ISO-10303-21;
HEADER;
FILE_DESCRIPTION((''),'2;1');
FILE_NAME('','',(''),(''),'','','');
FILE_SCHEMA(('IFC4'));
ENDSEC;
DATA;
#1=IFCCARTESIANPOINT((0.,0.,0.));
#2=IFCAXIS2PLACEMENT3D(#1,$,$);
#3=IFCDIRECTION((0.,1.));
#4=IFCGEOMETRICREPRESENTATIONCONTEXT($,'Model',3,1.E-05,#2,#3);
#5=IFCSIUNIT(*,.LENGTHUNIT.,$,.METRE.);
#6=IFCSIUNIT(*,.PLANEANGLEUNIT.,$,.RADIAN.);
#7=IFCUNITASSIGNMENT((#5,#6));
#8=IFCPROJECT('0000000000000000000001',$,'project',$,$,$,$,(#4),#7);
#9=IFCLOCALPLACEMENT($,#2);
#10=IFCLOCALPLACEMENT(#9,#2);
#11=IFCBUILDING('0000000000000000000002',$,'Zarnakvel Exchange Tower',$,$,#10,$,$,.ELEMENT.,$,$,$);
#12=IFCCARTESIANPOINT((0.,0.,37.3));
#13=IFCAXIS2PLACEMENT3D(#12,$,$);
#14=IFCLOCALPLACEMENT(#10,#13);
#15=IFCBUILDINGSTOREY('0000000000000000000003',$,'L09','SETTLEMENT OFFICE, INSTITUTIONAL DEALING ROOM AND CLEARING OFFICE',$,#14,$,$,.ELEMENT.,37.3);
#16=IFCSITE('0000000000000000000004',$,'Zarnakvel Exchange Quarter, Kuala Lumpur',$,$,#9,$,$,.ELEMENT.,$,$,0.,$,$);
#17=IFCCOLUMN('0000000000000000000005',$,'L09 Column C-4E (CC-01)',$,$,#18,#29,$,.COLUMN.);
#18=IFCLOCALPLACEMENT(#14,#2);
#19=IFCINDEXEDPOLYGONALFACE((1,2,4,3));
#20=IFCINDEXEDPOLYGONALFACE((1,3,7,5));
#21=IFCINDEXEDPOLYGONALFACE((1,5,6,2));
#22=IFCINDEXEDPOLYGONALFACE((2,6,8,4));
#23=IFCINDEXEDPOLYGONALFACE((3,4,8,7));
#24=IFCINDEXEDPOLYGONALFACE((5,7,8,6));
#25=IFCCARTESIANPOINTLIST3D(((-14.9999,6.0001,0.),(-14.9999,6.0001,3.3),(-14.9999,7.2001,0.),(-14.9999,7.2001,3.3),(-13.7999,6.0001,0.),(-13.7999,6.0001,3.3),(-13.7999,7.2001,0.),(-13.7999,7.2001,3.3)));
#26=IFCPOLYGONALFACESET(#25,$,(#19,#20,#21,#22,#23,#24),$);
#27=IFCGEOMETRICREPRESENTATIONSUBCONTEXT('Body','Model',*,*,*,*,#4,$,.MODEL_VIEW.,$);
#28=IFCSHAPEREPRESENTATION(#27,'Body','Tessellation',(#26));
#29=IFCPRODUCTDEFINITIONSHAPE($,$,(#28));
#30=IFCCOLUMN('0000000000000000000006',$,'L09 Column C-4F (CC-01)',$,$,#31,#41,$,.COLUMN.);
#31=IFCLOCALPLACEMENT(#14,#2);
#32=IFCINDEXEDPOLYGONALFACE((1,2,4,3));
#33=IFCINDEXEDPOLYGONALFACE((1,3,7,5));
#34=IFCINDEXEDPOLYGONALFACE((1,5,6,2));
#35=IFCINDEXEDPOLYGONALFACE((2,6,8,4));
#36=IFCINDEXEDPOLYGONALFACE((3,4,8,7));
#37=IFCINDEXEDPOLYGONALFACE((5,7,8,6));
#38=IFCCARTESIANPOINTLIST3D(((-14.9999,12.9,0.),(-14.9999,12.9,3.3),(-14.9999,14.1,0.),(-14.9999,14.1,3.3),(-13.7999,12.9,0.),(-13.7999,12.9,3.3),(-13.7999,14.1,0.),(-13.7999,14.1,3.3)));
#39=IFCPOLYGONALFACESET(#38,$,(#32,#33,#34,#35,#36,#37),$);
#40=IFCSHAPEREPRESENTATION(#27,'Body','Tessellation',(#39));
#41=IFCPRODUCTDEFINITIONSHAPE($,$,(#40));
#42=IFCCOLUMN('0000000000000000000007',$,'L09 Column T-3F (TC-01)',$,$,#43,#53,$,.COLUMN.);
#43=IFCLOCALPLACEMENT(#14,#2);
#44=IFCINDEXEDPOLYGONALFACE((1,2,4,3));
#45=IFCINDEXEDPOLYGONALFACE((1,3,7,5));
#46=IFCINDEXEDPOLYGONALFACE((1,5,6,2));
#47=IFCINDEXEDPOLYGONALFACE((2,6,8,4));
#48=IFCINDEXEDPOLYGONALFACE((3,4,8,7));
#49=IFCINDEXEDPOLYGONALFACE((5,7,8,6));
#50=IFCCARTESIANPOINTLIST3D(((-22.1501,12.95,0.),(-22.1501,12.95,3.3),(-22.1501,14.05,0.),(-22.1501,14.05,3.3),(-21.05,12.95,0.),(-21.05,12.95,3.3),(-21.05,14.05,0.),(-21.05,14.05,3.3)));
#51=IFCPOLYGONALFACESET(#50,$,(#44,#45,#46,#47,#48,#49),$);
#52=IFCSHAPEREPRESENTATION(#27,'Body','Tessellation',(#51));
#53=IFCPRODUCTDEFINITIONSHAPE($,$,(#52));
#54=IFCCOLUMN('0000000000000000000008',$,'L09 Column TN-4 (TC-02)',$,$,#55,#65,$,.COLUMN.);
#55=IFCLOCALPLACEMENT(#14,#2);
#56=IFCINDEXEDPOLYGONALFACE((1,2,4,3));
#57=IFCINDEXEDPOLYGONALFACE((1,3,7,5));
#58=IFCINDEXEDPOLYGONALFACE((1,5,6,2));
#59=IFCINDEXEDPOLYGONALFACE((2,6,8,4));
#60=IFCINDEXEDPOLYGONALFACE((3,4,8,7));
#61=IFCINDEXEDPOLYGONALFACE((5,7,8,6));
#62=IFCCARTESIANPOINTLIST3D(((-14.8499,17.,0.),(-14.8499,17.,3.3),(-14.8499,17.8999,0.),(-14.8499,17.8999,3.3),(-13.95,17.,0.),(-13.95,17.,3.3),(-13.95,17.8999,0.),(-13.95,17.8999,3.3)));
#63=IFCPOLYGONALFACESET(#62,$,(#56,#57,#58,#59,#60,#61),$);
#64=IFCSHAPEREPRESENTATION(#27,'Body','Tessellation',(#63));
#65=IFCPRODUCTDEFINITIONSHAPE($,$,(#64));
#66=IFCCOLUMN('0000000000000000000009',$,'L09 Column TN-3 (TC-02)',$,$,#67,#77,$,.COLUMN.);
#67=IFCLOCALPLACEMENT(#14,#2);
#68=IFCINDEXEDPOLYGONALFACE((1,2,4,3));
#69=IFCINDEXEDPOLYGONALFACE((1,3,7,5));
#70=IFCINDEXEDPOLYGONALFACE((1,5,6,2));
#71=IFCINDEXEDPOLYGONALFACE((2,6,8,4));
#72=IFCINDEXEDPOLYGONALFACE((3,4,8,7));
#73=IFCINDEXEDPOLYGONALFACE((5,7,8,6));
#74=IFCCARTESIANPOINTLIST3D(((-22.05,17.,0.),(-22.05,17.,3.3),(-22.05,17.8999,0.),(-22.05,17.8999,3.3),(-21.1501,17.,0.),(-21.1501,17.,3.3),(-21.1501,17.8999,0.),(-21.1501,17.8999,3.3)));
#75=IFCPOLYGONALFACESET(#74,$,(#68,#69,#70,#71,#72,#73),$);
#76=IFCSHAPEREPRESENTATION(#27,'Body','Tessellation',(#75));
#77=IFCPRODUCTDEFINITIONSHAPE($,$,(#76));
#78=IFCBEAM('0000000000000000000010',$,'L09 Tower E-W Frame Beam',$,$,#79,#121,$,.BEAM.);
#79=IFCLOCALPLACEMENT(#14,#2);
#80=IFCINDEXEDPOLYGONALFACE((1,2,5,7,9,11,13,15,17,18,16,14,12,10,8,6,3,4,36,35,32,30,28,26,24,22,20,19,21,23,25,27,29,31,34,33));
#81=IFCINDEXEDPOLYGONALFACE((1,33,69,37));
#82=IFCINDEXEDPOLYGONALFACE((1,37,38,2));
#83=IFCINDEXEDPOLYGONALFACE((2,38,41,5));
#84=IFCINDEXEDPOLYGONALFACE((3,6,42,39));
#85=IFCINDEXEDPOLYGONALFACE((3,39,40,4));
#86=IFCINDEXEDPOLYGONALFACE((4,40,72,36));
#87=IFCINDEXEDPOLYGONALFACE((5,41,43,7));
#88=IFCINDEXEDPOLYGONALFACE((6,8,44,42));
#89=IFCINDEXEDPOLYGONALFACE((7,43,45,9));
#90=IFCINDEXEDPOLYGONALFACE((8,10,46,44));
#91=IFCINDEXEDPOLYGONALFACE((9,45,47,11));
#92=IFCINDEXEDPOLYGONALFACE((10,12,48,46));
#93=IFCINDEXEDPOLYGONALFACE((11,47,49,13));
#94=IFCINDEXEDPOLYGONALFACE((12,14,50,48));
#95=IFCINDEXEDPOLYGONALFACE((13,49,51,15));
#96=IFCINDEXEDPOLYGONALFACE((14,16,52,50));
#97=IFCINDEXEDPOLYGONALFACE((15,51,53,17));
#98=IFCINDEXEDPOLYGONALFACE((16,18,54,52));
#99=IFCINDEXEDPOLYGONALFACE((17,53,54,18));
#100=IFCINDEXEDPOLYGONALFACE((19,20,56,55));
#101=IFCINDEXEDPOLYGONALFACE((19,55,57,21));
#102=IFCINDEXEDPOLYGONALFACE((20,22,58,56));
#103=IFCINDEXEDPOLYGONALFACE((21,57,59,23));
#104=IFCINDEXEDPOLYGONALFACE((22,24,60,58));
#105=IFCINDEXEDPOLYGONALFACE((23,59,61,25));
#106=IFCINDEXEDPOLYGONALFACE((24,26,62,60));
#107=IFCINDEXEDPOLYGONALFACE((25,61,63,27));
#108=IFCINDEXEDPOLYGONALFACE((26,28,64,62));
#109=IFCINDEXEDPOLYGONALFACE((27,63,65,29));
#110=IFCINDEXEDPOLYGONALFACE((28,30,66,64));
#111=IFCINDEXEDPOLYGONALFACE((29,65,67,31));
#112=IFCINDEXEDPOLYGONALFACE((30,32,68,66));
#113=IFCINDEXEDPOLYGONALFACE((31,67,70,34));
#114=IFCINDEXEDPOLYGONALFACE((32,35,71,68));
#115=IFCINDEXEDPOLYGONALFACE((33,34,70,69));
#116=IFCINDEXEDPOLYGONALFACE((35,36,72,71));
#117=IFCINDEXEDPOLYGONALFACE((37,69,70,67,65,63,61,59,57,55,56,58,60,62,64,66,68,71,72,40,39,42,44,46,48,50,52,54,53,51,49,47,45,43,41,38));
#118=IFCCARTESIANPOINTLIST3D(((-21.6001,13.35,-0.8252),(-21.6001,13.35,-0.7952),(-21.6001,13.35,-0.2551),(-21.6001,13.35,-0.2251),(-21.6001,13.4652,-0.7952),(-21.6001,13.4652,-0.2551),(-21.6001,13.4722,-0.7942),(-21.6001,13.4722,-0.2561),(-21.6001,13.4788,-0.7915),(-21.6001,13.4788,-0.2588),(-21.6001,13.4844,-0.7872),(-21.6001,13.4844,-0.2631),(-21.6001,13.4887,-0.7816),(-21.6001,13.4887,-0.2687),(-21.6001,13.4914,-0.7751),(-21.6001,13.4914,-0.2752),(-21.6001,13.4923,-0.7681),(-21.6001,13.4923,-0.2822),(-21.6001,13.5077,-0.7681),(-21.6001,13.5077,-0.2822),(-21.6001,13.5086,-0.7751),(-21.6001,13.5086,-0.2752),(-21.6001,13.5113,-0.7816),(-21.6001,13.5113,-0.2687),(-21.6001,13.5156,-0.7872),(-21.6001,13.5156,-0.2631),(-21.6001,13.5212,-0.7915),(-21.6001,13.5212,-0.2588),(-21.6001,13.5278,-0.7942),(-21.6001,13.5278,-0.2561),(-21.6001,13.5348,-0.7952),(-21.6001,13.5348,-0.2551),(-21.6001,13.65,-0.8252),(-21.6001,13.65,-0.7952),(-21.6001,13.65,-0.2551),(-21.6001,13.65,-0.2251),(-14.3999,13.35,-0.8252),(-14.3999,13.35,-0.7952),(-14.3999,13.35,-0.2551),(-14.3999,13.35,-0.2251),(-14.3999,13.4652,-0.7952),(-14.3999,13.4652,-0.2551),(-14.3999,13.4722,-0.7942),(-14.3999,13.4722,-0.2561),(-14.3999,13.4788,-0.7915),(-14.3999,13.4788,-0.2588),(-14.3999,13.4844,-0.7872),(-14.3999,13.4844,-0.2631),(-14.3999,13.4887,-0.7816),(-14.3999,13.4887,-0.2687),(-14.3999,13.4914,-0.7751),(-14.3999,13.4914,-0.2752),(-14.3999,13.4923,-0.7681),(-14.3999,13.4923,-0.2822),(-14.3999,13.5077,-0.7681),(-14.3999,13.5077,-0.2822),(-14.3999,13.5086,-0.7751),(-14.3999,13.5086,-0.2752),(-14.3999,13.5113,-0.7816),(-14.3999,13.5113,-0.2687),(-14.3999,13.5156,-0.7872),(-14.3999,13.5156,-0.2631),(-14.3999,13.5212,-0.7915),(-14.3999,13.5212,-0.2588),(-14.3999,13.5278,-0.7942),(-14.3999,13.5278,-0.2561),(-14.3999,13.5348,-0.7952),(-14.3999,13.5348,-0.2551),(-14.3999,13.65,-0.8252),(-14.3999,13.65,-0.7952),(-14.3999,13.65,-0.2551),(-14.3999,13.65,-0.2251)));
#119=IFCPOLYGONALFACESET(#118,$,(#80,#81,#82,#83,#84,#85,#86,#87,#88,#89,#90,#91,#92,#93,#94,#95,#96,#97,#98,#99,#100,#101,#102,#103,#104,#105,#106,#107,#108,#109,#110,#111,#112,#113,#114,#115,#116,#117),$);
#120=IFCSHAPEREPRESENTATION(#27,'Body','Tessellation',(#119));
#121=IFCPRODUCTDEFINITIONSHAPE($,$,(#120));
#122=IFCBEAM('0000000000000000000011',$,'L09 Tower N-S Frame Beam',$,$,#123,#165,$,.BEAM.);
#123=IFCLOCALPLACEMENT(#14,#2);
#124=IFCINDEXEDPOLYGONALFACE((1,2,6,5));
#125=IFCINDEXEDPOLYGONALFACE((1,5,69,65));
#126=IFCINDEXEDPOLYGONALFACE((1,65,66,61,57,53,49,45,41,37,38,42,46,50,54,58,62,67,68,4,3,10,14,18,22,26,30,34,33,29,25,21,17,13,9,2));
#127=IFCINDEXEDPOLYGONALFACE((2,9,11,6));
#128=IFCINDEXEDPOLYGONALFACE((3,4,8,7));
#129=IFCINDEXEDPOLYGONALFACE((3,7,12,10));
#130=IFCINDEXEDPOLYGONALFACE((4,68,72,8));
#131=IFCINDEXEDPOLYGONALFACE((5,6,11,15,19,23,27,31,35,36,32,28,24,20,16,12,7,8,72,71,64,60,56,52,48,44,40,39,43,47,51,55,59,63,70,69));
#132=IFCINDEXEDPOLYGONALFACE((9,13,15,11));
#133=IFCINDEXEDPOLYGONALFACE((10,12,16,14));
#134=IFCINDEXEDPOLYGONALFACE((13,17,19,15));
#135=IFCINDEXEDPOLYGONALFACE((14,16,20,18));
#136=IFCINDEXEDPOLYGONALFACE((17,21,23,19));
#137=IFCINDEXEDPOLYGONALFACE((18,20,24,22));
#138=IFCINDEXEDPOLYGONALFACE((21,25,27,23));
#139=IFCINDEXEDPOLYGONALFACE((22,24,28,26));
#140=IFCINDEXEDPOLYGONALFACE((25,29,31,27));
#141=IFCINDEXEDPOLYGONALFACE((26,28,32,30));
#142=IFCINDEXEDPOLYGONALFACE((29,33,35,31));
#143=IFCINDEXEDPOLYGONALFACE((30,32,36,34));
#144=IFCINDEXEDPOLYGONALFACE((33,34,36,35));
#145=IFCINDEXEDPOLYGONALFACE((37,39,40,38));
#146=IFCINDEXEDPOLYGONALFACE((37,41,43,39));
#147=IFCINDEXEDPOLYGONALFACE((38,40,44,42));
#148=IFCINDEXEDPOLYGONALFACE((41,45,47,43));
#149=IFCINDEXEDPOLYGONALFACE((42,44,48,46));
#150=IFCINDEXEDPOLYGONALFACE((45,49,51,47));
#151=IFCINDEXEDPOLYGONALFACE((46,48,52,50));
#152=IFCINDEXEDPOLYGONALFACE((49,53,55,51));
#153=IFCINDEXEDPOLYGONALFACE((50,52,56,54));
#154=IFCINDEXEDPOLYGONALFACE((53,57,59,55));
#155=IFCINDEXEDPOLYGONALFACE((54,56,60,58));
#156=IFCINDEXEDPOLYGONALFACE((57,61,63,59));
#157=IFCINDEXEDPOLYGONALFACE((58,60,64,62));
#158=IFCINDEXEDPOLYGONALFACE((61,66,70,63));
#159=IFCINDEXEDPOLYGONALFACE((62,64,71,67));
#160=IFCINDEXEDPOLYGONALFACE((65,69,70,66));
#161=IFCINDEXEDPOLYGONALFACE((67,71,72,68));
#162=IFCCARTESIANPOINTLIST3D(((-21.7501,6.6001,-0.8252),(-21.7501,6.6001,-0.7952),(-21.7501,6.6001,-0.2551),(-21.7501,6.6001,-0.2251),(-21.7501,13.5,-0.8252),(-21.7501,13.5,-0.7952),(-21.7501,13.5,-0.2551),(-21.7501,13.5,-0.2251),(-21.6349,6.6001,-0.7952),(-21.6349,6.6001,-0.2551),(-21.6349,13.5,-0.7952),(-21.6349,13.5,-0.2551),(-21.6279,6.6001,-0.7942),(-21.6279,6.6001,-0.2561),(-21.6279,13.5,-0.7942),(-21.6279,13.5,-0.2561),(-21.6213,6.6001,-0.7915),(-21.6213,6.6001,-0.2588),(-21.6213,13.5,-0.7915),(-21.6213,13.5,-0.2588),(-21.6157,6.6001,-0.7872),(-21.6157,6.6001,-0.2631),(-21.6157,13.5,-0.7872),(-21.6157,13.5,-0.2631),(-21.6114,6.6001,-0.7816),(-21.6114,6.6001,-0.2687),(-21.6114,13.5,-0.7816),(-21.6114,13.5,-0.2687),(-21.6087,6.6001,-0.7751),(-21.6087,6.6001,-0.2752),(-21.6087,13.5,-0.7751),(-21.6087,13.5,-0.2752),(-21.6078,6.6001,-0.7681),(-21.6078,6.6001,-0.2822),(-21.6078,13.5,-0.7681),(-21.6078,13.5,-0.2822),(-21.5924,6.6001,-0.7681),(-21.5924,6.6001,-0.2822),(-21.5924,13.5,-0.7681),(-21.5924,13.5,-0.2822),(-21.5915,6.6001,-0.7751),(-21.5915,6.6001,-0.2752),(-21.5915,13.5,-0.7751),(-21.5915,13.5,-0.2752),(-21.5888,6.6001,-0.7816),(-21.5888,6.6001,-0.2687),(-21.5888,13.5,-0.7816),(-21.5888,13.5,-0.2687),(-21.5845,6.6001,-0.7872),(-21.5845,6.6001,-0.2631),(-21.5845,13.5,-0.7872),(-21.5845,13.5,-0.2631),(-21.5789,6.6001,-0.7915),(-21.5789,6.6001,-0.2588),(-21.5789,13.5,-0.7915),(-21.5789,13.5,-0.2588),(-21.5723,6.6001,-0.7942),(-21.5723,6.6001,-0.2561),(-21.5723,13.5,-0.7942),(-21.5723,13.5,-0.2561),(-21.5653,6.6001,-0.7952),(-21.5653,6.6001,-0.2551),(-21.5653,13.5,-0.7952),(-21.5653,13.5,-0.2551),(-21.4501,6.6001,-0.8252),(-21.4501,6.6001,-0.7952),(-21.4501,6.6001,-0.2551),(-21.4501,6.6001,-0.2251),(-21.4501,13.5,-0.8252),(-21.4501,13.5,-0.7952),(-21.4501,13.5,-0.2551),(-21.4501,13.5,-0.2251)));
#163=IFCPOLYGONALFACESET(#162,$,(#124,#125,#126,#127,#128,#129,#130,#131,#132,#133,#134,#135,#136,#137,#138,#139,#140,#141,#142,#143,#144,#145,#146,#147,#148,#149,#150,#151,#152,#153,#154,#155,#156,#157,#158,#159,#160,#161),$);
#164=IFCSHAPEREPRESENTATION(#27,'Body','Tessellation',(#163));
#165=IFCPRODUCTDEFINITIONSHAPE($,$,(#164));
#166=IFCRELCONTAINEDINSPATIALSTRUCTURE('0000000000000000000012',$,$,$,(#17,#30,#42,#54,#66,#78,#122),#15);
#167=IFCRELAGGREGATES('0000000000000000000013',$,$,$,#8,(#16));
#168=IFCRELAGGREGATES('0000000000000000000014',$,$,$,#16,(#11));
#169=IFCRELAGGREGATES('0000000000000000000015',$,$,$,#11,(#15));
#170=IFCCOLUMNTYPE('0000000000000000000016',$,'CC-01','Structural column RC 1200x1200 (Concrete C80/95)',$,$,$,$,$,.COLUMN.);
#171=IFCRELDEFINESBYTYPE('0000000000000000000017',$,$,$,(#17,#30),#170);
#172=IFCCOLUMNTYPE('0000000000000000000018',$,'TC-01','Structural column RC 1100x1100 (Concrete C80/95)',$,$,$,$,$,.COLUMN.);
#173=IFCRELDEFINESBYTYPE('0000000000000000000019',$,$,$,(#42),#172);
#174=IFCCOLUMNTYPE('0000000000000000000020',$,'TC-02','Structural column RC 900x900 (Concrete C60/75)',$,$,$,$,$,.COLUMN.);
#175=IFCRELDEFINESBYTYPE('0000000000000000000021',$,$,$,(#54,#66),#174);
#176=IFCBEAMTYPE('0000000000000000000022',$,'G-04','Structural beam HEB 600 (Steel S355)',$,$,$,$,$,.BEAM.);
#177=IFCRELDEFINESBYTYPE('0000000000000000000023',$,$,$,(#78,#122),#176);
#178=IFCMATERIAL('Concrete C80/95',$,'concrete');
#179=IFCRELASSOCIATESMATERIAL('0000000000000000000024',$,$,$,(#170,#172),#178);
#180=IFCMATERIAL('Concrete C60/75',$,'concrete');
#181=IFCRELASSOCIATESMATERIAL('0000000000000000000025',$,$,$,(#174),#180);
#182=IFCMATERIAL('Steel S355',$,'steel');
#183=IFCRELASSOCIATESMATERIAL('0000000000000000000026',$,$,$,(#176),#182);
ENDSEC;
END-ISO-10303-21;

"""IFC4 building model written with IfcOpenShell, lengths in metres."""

from ifc_helpers import new_model, si_unit, direction, frame, origin, origin_2d, place, context, subcontext, project, spatial, rectangle, i_section, extrude, material, material_profile, profile_set, type_object, element, save


model = new_model("IFC4")

# Units and contexts
model_context = context("Model", 3, precision=1e-05, world=origin(), true_north=direction((0.0, 1.0)))
body_context = subcontext(model_context, "Body", "Model", "MODEL_VIEW")
ifc_project = project(units=[si_unit("LENGTHUNIT", "METRE"), si_unit("PLANEANGLEUNIT", "RADIAN")], contexts=[model_context])

# Site, building, storey
site_placement = place(None, origin())
site = spatial("IfcSite", under=ifc_project, at=site_placement, Name="Zarnakvel Exchange Quarter, Kuala Lumpur", CompositionType="ELEMENT", RefElevation=0.0)
building_placement = place(site_placement, origin())
building = spatial("IfcBuilding", under=site, at=building_placement, Name="Zarnakvel Exchange Tower", CompositionType="ELEMENT")
storey_placement = place(building_placement, frame((0.0, 0.0, 37.3)))
storey = spatial("IfcBuildingStorey", under=building, at=storey_placement, Name="L09", Description="SETTLEMENT OFFICE, INSTITUTIONAL DEALING ROOM AND CLEARING OFFICE", CompositionType="ELEMENT", Elevation=37.3)

# Columns
ifc_material_1 = material(Name="Concrete C80/95", Category="concrete")
ifc_material_profile_1 = material_profile(ifc_material_1, rectangle(XDim=1.2, YDim=1.2, at=origin_2d()))
ifc_profile_set_1 = profile_set([ifc_material_profile_1], Name="Concrete C80/95")
column_type_1 = type_object("IfcColumnType", Name="CC-01", Description="Structural column RC 1200x1200 (Concrete C80/95)", PredefinedType="COLUMN", material=ifc_profile_set_1)
for number, where, z_axis, x_axis, name in (
    (1, (-14.3999, 6.6001, 0.0), (0.0, 0.0, 1.0), (1.0, 0.0, 0.0), "L09 Column C-4E (CC-01)"),
    (2, (-14.3999, 13.5, 0.0), (0.0, 0.0, 1.0), (1.0, 0.0, 0.0), "L09 Column C-4F (CC-01)"),
):
    element("IfcColumn", number, at=place(storey_placement, frame(where, z_axis=z_axis, x_axis=x_axis)), inside=storey, type_object=column_type_1, Name=name, PredefinedType="COLUMN", context=body_context, shape_type="SweptSolid", body=[
        extrude(rectangle(XDim=1.2, YDim=1.2, at=origin_2d()), origin(), (0.0, 0.0, 1.0), 3.3),
    ])
ifc_material_profile_2 = material_profile(ifc_material_1, rectangle(XDim=1.1001, YDim=1.1001, at=origin_2d()))
ifc_profile_set_2 = profile_set([ifc_material_profile_2], Name="Concrete C80/95")
column_type_2 = type_object("IfcColumnType", Name="TC-01", Description="Structural column RC 1100x1100 (Concrete C80/95)", PredefinedType="COLUMN", material=ifc_profile_set_2)
column_placement = place(storey_placement, frame((-21.6001, 13.5, 0.0), z_axis=(0.0, 0.0, 1.0), x_axis=(1.0, 0.0, 0.0)))
element("IfcColumn", 3, at=column_placement, inside=storey, type_object=column_type_2, Name="L09 Column T-3F (TC-01)", PredefinedType="COLUMN", context=body_context, shape_type="SweptSolid", body=[
    extrude(rectangle(XDim=1.1001, YDim=1.1001, at=origin_2d()), origin(), (0.0, 0.0, 1.0), 3.3),
])
ifc_material_2 = material(Name="Concrete C60/75", Category="concrete")
ifc_material_profile_3 = material_profile(ifc_material_2, rectangle(XDim=0.8999, YDim=0.8999, at=origin_2d()))
ifc_profile_set_3 = profile_set([ifc_material_profile_3], Name="Concrete C60/75")
column_type_3 = type_object("IfcColumnType", Name="TC-02", Description="Structural column RC 900x900 (Concrete C60/75)", PredefinedType="COLUMN", material=ifc_profile_set_3)
for number, where, z_axis, x_axis, name in (
    (4, (-14.3999, 17.45, 0.0), (0.0, 0.0, 1.0), (1.0, 0.0, 0.0), "L09 Column TN-4 (TC-02)"),
    (5, (-21.6001, 17.45, 0.0), (0.0, 0.0, 1.0), (1.0, 0.0, 0.0), "L09 Column TN-3 (TC-02)"),
):
    element("IfcColumn", number, at=place(storey_placement, frame(where, z_axis=z_axis, x_axis=x_axis)), inside=storey, type_object=column_type_3, Name=name, PredefinedType="COLUMN", context=body_context, shape_type="SweptSolid", body=[
        extrude(rectangle(XDim=0.8999, YDim=0.8999, at=origin_2d()), origin(), (0.0, 0.0, 1.0), 3.3),
    ])

# Beams
ifc_material_3 = material(Name="Steel S355", Category="steel")
ifc_material_profile_4 = material_profile(ifc_material_3, i_section(OverallWidth=0.3, OverallDepth=0.6001, WebThickness=0.0154, FlangeThickness=0.03, FilletRadius=0.0271, at=origin_2d()))
ifc_profile_set_4 = profile_set([ifc_material_profile_4], Name="Steel S355")
beam_type_1 = type_object("IfcBeamType", Name="G-04", Description="Structural beam HEB 600 (Steel S355)", PredefinedType="BEAM", material=ifc_profile_set_4)
beam_1_placement = place(storey_placement, frame((-21.6001, 13.5, -0.5251), z_axis=(1.0, 0.0, 0.0), x_axis=(0.0, 1.0, 0.0)))
element("IfcBeam", 6, at=beam_1_placement, inside=storey, type_object=beam_type_1, Name="L09 Tower E-W Frame Beam", PredefinedType="BEAM", context=body_context, shape_type="SweptSolid", body=[
    extrude(i_section(OverallWidth=0.3, OverallDepth=0.6001, WebThickness=0.0154, FlangeThickness=0.03, FilletRadius=0.0271, at=origin_2d()), origin(), (0.0, 0.0, 1.0), 7.2002),
])
beam_2_placement = place(storey_placement, frame((-21.6001, 6.6001, -0.5251), z_axis=(0.0, 1.0, 0.0), x_axis=(-1.0, 0.0, 0.0)))
element("IfcBeam", 7, at=beam_2_placement, inside=storey, type_object=beam_type_1, Name="L09 Tower N-S Frame Beam", PredefinedType="BEAM", context=body_context, shape_type="SweptSolid", body=[
    extrude(i_section(OverallWidth=0.3, OverallDepth=0.6001, WebThickness=0.0154, FlangeThickness=0.03, FilletRadius=0.0271, at=origin_2d()), origin(), (0.0, 0.0, 1.0), 6.8999),
])

save(model, "model.ifc")
